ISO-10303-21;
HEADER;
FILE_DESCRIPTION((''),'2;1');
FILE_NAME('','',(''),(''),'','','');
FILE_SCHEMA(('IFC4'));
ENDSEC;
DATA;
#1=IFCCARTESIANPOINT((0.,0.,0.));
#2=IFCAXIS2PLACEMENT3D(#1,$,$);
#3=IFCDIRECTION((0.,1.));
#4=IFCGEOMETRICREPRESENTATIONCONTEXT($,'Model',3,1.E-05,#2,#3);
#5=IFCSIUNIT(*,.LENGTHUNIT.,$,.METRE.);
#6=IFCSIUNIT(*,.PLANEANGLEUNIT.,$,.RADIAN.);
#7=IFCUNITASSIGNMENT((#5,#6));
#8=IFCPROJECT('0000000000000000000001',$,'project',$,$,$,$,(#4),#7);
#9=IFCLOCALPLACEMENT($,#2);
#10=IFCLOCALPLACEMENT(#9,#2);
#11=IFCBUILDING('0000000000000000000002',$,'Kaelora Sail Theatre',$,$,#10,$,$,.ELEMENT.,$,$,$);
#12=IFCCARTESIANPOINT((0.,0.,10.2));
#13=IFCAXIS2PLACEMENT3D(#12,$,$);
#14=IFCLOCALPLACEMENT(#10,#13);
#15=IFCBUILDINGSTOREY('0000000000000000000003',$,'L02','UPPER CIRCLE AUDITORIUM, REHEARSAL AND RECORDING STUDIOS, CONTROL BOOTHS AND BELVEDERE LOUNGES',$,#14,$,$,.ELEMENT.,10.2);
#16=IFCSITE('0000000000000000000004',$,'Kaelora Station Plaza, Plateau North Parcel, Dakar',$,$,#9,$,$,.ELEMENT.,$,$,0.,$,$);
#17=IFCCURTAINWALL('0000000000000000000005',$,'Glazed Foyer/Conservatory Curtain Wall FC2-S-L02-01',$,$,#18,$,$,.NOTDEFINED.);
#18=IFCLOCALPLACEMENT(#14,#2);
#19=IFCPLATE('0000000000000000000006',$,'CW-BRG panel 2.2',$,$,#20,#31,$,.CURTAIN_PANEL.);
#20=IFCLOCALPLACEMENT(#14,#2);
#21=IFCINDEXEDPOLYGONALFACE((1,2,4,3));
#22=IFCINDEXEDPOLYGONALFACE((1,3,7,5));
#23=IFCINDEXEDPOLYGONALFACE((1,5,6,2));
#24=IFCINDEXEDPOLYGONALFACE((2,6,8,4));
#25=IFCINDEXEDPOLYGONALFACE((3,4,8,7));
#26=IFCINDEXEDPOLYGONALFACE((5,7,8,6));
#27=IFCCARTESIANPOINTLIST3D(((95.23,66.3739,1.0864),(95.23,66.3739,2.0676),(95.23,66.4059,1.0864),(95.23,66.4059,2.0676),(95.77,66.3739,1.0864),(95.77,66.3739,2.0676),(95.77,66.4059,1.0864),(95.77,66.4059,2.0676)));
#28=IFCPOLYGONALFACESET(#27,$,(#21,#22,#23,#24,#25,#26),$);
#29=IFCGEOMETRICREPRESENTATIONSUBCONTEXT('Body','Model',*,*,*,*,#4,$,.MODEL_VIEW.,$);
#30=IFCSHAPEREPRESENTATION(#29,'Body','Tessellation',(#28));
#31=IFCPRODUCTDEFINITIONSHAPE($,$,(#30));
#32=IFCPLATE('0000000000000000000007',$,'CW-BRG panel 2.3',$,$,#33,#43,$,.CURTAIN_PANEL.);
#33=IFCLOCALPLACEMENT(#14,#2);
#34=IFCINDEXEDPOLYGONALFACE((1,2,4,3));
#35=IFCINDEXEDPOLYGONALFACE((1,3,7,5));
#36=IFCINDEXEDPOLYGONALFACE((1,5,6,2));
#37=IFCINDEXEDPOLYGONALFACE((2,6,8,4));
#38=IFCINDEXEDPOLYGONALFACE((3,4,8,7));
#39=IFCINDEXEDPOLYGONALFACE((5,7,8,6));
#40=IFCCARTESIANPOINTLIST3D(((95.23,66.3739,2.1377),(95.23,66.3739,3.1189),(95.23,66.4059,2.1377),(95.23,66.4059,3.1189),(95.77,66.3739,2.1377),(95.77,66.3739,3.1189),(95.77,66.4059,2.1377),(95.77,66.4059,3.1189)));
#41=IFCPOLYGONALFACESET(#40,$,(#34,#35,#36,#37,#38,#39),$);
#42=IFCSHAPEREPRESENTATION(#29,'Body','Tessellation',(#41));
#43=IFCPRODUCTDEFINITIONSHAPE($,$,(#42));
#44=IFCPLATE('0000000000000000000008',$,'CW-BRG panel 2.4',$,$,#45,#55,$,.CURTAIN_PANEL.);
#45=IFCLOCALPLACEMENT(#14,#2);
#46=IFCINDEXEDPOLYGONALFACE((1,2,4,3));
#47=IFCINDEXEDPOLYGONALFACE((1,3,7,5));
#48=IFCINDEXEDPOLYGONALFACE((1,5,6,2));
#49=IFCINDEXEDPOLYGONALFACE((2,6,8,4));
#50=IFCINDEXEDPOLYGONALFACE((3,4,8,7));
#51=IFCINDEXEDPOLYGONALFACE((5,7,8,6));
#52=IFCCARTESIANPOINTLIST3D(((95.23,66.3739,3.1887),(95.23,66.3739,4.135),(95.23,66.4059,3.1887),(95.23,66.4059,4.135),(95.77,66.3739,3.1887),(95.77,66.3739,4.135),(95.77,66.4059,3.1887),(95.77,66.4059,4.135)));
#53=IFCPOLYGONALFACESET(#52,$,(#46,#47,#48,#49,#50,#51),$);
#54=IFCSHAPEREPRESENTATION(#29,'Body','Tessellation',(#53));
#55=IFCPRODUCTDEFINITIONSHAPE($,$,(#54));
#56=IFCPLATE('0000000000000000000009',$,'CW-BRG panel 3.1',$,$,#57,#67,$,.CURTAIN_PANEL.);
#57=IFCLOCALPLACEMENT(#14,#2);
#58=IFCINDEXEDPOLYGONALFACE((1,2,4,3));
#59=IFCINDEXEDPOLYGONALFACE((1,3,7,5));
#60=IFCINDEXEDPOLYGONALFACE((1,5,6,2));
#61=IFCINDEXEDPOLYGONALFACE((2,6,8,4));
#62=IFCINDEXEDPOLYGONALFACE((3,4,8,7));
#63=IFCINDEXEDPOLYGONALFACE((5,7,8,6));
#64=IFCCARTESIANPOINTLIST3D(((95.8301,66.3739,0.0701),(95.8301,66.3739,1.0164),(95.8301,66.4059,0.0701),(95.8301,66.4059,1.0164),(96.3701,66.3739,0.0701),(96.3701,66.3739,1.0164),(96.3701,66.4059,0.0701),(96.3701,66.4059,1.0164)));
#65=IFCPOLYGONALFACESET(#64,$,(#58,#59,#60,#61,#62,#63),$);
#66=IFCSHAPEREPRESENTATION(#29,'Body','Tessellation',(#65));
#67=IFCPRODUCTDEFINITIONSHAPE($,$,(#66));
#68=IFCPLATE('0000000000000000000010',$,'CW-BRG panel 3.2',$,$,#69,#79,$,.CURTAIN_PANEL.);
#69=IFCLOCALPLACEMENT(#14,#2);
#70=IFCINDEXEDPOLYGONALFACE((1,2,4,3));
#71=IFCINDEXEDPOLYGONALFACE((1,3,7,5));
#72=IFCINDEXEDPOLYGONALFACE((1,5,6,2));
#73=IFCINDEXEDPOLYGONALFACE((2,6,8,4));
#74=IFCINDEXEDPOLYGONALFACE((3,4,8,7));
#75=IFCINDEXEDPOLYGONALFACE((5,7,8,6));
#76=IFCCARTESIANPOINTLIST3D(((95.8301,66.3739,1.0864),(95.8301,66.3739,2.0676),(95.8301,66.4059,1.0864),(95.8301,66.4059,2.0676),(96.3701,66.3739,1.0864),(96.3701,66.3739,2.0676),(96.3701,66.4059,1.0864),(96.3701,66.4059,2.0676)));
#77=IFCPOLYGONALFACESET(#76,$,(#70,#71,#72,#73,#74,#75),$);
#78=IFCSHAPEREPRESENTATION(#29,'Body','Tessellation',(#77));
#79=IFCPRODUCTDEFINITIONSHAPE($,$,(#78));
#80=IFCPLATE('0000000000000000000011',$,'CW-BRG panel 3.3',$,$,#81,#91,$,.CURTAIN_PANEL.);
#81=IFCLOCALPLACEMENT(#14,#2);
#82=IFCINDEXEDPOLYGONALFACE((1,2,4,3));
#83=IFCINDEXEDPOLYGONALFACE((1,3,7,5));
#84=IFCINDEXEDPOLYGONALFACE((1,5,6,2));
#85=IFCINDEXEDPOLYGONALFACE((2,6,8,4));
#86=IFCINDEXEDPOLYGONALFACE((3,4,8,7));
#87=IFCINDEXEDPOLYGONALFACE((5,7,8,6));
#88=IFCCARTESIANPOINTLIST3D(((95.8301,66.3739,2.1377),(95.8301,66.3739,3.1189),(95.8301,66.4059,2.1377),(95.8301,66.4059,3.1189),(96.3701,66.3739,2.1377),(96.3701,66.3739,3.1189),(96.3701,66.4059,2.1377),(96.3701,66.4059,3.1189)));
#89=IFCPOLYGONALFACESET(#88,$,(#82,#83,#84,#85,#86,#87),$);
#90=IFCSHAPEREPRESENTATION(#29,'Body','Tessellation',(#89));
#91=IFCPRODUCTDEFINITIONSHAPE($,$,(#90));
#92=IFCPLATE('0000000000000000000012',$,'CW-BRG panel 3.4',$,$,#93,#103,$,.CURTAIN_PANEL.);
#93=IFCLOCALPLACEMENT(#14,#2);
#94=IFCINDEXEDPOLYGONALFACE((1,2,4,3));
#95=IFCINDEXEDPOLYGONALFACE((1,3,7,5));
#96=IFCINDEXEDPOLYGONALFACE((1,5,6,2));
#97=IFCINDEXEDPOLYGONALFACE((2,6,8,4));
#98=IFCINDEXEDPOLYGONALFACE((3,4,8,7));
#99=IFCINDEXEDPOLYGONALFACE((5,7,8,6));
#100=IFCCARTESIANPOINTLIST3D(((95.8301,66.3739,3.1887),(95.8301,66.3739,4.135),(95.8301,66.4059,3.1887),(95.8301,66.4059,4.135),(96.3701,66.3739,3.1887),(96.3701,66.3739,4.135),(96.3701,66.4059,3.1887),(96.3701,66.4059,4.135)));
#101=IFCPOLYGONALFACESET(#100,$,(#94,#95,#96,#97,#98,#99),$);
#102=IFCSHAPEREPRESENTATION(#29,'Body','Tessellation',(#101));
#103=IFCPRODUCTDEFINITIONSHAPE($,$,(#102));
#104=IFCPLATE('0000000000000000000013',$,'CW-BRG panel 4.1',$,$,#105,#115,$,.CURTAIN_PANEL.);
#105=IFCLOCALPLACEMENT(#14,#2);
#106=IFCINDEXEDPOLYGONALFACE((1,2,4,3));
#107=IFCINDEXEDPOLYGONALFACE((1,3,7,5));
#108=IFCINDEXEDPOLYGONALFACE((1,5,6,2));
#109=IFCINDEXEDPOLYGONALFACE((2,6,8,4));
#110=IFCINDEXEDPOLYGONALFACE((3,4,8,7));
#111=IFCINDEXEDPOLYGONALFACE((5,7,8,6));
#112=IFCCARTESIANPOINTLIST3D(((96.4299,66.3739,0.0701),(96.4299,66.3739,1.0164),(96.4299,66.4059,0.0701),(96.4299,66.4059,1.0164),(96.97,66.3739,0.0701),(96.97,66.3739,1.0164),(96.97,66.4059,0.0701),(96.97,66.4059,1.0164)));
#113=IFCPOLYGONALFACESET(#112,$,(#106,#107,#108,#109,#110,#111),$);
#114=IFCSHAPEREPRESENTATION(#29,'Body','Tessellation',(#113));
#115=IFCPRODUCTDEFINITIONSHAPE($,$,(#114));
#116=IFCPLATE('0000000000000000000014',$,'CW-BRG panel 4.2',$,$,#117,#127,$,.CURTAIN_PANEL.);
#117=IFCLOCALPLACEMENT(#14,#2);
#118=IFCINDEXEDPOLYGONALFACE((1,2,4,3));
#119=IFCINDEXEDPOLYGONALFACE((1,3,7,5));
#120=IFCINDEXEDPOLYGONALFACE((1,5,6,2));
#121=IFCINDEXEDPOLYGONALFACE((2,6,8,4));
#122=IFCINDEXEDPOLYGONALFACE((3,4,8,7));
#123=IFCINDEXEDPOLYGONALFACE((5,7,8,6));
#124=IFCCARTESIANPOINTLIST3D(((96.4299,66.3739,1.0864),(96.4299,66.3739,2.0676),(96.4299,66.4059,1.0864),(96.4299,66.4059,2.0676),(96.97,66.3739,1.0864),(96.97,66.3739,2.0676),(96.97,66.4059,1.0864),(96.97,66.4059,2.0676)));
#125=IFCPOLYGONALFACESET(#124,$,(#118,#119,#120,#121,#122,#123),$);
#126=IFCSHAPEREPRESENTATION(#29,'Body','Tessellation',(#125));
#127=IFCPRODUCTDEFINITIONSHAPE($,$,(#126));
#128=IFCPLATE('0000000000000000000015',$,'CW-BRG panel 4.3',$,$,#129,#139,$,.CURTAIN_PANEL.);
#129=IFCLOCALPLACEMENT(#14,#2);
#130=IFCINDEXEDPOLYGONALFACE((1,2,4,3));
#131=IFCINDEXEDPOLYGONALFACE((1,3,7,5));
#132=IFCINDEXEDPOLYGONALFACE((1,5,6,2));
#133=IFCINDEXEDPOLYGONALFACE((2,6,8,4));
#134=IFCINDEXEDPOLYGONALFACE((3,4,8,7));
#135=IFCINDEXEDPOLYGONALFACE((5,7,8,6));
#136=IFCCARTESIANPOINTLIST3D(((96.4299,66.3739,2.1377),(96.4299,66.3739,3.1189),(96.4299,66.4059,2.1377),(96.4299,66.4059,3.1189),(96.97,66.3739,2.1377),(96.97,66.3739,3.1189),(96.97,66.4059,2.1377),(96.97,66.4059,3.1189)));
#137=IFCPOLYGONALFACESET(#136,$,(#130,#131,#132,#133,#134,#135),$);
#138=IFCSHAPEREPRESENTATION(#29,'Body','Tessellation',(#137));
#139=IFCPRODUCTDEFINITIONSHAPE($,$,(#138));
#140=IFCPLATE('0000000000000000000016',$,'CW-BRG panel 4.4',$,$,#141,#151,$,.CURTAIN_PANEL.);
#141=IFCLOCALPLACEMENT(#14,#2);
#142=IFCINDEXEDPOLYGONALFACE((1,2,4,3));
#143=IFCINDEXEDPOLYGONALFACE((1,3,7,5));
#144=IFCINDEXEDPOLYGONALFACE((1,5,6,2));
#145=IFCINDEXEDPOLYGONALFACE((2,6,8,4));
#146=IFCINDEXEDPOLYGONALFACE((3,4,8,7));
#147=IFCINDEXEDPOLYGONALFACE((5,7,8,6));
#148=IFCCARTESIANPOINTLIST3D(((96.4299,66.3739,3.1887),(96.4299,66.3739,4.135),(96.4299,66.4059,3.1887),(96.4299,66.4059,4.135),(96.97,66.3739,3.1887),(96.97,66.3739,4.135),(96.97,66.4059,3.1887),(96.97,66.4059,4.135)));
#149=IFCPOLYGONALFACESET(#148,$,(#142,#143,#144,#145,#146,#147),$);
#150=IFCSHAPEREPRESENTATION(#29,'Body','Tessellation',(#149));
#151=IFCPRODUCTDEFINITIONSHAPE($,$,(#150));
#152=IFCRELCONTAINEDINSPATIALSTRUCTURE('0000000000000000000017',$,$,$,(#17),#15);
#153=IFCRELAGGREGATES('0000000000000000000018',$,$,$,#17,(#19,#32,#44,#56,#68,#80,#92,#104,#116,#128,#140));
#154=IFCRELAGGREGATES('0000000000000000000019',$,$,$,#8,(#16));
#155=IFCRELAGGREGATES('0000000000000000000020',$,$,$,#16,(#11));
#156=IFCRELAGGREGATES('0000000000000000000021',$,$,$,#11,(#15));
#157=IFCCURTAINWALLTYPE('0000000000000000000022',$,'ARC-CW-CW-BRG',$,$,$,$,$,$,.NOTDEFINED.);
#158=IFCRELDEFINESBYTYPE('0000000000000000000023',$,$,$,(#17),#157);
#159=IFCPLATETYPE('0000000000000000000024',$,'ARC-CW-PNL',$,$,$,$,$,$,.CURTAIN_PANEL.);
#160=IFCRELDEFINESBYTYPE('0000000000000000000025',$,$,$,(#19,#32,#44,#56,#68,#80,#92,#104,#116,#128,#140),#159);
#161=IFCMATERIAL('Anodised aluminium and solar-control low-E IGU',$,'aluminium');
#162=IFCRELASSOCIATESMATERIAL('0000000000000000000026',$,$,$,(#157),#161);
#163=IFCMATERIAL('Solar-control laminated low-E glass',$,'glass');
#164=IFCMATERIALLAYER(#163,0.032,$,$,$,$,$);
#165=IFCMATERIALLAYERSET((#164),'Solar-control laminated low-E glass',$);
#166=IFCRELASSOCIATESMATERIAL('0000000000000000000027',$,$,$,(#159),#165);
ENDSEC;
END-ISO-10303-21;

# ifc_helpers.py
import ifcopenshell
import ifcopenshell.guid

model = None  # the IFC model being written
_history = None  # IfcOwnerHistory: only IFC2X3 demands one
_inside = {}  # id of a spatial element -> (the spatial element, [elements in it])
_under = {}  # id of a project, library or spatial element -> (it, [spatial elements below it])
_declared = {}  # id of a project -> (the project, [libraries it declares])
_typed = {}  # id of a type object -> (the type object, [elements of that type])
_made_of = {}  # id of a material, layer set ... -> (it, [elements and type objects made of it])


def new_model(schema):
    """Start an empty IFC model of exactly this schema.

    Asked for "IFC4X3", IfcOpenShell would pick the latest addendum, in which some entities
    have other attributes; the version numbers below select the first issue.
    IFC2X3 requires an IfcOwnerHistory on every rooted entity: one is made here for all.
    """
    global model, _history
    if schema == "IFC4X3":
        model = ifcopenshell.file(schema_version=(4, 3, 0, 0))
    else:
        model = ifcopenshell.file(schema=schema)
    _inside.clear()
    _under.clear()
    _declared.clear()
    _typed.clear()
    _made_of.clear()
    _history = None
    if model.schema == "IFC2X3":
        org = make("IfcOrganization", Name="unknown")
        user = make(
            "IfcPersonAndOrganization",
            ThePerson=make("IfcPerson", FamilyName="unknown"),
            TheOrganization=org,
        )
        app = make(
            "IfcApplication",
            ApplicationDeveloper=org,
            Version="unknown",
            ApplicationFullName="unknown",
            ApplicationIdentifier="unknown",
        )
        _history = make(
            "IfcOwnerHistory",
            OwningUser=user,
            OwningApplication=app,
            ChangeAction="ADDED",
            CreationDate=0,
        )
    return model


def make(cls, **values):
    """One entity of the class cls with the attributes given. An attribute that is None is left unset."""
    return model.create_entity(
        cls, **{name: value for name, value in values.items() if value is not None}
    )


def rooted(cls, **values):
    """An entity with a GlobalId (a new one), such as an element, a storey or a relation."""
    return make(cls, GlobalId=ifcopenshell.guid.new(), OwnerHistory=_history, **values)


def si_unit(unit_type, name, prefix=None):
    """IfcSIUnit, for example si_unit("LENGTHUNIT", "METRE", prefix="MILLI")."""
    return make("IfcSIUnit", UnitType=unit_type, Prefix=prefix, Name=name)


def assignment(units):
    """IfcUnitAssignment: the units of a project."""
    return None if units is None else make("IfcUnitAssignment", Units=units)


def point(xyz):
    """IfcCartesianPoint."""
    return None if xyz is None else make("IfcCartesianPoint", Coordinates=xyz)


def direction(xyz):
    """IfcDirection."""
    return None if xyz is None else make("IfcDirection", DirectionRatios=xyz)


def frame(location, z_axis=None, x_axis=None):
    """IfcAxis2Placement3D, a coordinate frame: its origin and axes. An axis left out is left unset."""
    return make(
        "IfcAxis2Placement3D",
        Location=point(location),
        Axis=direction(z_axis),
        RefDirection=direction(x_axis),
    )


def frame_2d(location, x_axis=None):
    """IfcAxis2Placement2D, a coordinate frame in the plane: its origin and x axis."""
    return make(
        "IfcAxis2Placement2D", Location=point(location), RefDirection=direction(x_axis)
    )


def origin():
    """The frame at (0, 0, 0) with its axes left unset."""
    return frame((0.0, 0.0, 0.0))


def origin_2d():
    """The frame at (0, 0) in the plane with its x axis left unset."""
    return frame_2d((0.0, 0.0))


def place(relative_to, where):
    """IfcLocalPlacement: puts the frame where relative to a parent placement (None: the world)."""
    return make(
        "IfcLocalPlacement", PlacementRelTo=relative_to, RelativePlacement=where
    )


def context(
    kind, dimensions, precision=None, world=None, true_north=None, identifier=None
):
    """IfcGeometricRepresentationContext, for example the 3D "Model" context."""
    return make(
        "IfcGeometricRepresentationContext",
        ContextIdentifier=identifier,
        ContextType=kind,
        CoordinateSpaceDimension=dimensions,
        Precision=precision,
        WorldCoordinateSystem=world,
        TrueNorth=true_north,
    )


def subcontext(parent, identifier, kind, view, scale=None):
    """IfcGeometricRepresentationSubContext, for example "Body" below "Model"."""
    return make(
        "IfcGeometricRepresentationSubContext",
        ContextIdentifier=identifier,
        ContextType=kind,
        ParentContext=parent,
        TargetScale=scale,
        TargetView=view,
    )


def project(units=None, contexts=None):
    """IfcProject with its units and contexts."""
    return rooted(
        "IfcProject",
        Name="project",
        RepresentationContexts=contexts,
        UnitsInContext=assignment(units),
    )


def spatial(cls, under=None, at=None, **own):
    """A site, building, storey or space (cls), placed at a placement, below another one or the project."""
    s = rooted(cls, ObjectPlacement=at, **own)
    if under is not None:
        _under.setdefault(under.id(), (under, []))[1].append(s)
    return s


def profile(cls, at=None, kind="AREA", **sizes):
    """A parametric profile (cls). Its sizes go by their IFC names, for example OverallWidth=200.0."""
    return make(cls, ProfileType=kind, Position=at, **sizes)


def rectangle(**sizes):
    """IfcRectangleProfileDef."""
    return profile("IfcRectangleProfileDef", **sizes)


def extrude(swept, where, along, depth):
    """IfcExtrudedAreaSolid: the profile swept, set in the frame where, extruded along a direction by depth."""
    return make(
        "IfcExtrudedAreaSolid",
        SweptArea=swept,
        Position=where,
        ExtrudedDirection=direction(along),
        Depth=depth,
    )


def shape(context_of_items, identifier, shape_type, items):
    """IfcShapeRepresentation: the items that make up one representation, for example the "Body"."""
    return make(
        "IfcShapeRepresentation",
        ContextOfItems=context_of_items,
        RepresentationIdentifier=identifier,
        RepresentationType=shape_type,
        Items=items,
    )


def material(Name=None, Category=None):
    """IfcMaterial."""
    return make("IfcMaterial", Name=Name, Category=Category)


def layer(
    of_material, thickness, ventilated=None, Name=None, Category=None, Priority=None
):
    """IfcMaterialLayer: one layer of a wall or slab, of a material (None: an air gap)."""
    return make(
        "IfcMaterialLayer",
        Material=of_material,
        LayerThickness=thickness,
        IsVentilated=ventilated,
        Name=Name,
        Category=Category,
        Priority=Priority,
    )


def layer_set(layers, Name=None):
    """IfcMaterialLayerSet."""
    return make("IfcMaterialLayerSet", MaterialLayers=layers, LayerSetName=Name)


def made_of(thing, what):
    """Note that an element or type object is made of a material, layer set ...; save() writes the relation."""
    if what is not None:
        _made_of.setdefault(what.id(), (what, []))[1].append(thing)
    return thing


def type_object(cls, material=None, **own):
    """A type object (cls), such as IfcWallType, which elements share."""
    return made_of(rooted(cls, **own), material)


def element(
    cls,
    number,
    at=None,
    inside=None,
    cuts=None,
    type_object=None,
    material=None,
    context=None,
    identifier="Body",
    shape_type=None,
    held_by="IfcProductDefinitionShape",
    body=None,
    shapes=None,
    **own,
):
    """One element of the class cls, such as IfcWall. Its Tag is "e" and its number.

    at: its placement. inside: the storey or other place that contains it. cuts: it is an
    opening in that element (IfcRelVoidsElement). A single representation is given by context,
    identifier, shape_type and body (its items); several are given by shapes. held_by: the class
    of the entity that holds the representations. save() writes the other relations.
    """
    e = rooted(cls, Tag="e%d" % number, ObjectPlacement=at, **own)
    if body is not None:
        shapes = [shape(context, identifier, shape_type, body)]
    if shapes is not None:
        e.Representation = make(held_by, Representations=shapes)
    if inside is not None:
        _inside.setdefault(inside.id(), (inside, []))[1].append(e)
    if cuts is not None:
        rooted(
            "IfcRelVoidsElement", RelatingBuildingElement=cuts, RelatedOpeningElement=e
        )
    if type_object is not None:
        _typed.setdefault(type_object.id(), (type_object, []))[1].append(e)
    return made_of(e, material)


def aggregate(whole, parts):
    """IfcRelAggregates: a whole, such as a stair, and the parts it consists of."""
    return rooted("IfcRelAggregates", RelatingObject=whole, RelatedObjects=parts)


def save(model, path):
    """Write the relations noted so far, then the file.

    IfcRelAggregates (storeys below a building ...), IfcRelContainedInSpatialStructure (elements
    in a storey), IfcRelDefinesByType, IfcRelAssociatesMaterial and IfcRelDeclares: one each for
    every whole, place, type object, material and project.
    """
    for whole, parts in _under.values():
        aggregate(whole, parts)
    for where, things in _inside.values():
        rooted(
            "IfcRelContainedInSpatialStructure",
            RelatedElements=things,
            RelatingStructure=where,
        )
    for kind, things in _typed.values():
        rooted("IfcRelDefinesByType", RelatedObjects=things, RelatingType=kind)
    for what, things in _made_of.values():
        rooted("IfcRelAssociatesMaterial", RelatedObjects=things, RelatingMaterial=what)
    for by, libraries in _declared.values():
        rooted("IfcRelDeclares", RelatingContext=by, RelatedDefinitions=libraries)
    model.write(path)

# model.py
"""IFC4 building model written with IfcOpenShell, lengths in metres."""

from ifc_helpers import new_model, si_unit, direction, frame, origin, origin_2d, place, context, subcontext, project, spatial, rectangle, extrude, material, layer, layer_set, type_object, element, aggregate, save


model = new_model("IFC4")

# Units and contexts
model_context = context("Model", 3, precision=1e-05, world=origin(), true_north=direction((0.0, 1.0)))
body_context = subcontext(model_context, "Body", "Model", "MODEL_VIEW")
ifc_project = project(units=[si_unit("LENGTHUNIT", "METRE"), si_unit("PLANEANGLEUNIT", "RADIAN")], contexts=[model_context])

# Site, building, storey
site_placement = place(None, origin())
site = spatial("IfcSite", under=ifc_project, at=site_placement, Name="Kaelora Station Plaza, Plateau North Parcel, Dakar", CompositionType="ELEMENT", RefElevation=0.0)
building_placement = place(site_placement, origin())
building = spatial("IfcBuilding", under=site, at=building_placement, Name="Kaelora Sail Theatre", CompositionType="ELEMENT")
storey_placement = place(building_placement, frame((0.0, 0.0, 10.2)))
storey = spatial("IfcBuildingStorey", under=building, at=storey_placement, Name="L02", Description="UPPER CIRCLE AUDITORIUM, REHEARSAL AND RECORDING STUDIOS, CONTROL BOOTHS AND BELVEDERE LOUNGES", CompositionType="ELEMENT", Elevation=10.2)

# Curtain wall, plates
ifc_material_1 = material(Name="Anodised aluminium and solar-control low-E IGU", Category="aluminium")
curtain_wall_type = type_object("IfcCurtainWallType", Name="ARC-CW-CW-BRG", PredefinedType="NOTDEFINED", material=ifc_material_1)
curtain_wall_placement = place(storey_placement, origin())
curtain_wall = element("IfcCurtainWall", 1, at=curtain_wall_placement, inside=storey, type_object=curtain_wall_type, Name="Glazed Foyer/Conservatory Curtain Wall FC2-S-L02-01", PredefinedType="NOTDEFINED")
ifc_material_2 = material(Name="Solar-control laminated low-E glass", Category="glass")
ifc_layer = layer(ifc_material_2, 0.032)
ifc_layer_set = layer_set([ifc_layer], Name="Solar-control laminated low-E glass")
plate_type = type_object("IfcPlateType", Name="ARC-CW-PNL", PredefinedType="CURTAIN_PANEL", material=ifc_layer_set)
plate_1_placement = place(storey_placement, frame((95.5, 66.3899, 1.0864), z_axis=(0.0, 0.0, 1.0), x_axis=(1.0, 0.0, 0.0)))
plate_1 = element("IfcPlate", 2, at=plate_1_placement, type_object=plate_type, Name="CW-BRG panel 2.2", PredefinedType="CURTAIN_PANEL", context=body_context, shape_type="SweptSolid", body=[
    extrude(rectangle(XDim=0.54, YDim=0.032, at=origin_2d()), origin(), (0.0, 0.0, 1.0), 0.9812),
])
plate_2_placement = place(storey_placement, frame((95.5, 66.3899, 2.1377), z_axis=(0.0, 0.0, 1.0), x_axis=(1.0, 0.0, 0.0)))
plate_2 = element("IfcPlate", 3, at=plate_2_placement, type_object=plate_type, Name="CW-BRG panel 2.3", PredefinedType="CURTAIN_PANEL", context=body_context, shape_type="SweptSolid", body=[
    extrude(rectangle(XDim=0.54, YDim=0.032, at=origin_2d()), origin(), (0.0, 0.0, 1.0), 0.9812),
])
plate_3_placement = place(storey_placement, frame((95.5, 66.3899, 3.1887), z_axis=(0.0, 0.0, 1.0), x_axis=(1.0, 0.0, 0.0)))
plate_3 = element("IfcPlate", 4, at=plate_3_placement, type_object=plate_type, Name="CW-BRG panel 2.4", PredefinedType="CURTAIN_PANEL", context=body_context, shape_type="SweptSolid", body=[
    extrude(rectangle(XDim=0.54, YDim=0.032, at=origin_2d()), origin(), (0.0, 0.0, 1.0), 0.9463),
])
plate_4_placement = place(storey_placement, frame((96.1001, 66.3899, 0.0701), z_axis=(0.0, 0.0, 1.0), x_axis=(1.0, 0.0, 0.0)))
plate_4 = element("IfcPlate", 5, at=plate_4_placement, type_object=plate_type, Name="CW-BRG panel 3.1", PredefinedType="CURTAIN_PANEL", context=body_context, shape_type="SweptSolid", body=[
    extrude(rectangle(XDim=0.54, YDim=0.032, at=origin_2d()), origin(), (0.0, 0.0, 1.0), 0.9463),
])
plate_5_placement = place(storey_placement, frame((96.1001, 66.3899, 1.0864), z_axis=(0.0, 0.0, 1.0), x_axis=(1.0, 0.0, 0.0)))
plate_5 = element("IfcPlate", 6, at=plate_5_placement, type_object=plate_type, Name="CW-BRG panel 3.2", PredefinedType="CURTAIN_PANEL", context=body_context, shape_type="SweptSolid", body=[
    extrude(rectangle(XDim=0.54, YDim=0.032, at=origin_2d()), origin(), (0.0, 0.0, 1.0), 0.9812),
])
plate_6_placement = place(storey_placement, frame((96.1001, 66.3899, 2.1377), z_axis=(0.0, 0.0, 1.0), x_axis=(1.0, 0.0, 0.0)))
plate_6 = element("IfcPlate", 7, at=plate_6_placement, type_object=plate_type, Name="CW-BRG panel 3.3", PredefinedType="CURTAIN_PANEL", context=body_context, shape_type="SweptSolid", body=[
    extrude(rectangle(XDim=0.54, YDim=0.032, at=origin_2d()), origin(), (0.0, 0.0, 1.0), 0.9812),
])
plate_7_placement = place(storey_placement, frame((96.1001, 66.3899, 3.1887), z_axis=(0.0, 0.0, 1.0), x_axis=(1.0, 0.0, 0.0)))
plate_7 = element("IfcPlate", 8, at=plate_7_placement, type_object=plate_type, Name="CW-BRG panel 3.4", PredefinedType="CURTAIN_PANEL", context=body_context, shape_type="SweptSolid", body=[
    extrude(rectangle(XDim=0.54, YDim=0.032, at=origin_2d()), origin(), (0.0, 0.0, 1.0), 0.9463),
])
plate_8_placement = place(storey_placement, frame((96.7, 66.3899, 0.0701), z_axis=(0.0, 0.0, 1.0), x_axis=(1.0, 0.0, 0.0)))
plate_8 = element("IfcPlate", 9, at=plate_8_placement, type_object=plate_type, Name="CW-BRG panel 4.1", PredefinedType="CURTAIN_PANEL", context=body_context, shape_type="SweptSolid", body=[
    extrude(rectangle(XDim=0.54, YDim=0.032, at=origin_2d()), origin(), (0.0, 0.0, 1.0), 0.9463),
])
plate_9_placement = place(storey_placement, frame((96.7, 66.3899, 1.0864), z_axis=(0.0, 0.0, 1.0), x_axis=(1.0, 0.0, 0.0)))
plate_9 = element("IfcPlate", 10, at=plate_9_placement, type_object=plate_type, Name="CW-BRG panel 4.2", PredefinedType="CURTAIN_PANEL", context=body_context, shape_type="SweptSolid", body=[
    extrude(rectangle(XDim=0.54, YDim=0.032, at=origin_2d()), origin(), (0.0, 0.0, 1.0), 0.9812),
])
plate_10_placement = place(storey_placement, frame((96.7, 66.3899, 2.1377), z_axis=(0.0, 0.0, 1.0), x_axis=(1.0, 0.0, 0.0)))
plate_10 = element("IfcPlate", 11, at=plate_10_placement, type_object=plate_type, Name="CW-BRG panel 4.3", PredefinedType="CURTAIN_PANEL", context=body_context, shape_type="SweptSolid", body=[
    extrude(rectangle(XDim=0.54, YDim=0.032, at=origin_2d()), origin(), (0.0, 0.0, 1.0), 0.9812),
])
plate_11_placement = place(storey_placement, frame((96.7, 66.3899, 3.1887), z_axis=(0.0, 0.0, 1.0), x_axis=(1.0, 0.0, 0.0)))
plate_11 = element("IfcPlate", 12, at=plate_11_placement, type_object=plate_type, Name="CW-BRG panel 4.4", PredefinedType="CURTAIN_PANEL", context=body_context, shape_type="SweptSolid", body=[
    extrude(rectangle(XDim=0.54, YDim=0.032, at=origin_2d()), origin(), (0.0, 0.0, 1.0), 0.9463),
])
aggregate(curtain_wall, [plate_1, plate_2, plate_3, plate_4, plate_5, plate_6, plate_7, plate_8, plate_9, plate_10, plate_11])

save(model, "model.ifc")
